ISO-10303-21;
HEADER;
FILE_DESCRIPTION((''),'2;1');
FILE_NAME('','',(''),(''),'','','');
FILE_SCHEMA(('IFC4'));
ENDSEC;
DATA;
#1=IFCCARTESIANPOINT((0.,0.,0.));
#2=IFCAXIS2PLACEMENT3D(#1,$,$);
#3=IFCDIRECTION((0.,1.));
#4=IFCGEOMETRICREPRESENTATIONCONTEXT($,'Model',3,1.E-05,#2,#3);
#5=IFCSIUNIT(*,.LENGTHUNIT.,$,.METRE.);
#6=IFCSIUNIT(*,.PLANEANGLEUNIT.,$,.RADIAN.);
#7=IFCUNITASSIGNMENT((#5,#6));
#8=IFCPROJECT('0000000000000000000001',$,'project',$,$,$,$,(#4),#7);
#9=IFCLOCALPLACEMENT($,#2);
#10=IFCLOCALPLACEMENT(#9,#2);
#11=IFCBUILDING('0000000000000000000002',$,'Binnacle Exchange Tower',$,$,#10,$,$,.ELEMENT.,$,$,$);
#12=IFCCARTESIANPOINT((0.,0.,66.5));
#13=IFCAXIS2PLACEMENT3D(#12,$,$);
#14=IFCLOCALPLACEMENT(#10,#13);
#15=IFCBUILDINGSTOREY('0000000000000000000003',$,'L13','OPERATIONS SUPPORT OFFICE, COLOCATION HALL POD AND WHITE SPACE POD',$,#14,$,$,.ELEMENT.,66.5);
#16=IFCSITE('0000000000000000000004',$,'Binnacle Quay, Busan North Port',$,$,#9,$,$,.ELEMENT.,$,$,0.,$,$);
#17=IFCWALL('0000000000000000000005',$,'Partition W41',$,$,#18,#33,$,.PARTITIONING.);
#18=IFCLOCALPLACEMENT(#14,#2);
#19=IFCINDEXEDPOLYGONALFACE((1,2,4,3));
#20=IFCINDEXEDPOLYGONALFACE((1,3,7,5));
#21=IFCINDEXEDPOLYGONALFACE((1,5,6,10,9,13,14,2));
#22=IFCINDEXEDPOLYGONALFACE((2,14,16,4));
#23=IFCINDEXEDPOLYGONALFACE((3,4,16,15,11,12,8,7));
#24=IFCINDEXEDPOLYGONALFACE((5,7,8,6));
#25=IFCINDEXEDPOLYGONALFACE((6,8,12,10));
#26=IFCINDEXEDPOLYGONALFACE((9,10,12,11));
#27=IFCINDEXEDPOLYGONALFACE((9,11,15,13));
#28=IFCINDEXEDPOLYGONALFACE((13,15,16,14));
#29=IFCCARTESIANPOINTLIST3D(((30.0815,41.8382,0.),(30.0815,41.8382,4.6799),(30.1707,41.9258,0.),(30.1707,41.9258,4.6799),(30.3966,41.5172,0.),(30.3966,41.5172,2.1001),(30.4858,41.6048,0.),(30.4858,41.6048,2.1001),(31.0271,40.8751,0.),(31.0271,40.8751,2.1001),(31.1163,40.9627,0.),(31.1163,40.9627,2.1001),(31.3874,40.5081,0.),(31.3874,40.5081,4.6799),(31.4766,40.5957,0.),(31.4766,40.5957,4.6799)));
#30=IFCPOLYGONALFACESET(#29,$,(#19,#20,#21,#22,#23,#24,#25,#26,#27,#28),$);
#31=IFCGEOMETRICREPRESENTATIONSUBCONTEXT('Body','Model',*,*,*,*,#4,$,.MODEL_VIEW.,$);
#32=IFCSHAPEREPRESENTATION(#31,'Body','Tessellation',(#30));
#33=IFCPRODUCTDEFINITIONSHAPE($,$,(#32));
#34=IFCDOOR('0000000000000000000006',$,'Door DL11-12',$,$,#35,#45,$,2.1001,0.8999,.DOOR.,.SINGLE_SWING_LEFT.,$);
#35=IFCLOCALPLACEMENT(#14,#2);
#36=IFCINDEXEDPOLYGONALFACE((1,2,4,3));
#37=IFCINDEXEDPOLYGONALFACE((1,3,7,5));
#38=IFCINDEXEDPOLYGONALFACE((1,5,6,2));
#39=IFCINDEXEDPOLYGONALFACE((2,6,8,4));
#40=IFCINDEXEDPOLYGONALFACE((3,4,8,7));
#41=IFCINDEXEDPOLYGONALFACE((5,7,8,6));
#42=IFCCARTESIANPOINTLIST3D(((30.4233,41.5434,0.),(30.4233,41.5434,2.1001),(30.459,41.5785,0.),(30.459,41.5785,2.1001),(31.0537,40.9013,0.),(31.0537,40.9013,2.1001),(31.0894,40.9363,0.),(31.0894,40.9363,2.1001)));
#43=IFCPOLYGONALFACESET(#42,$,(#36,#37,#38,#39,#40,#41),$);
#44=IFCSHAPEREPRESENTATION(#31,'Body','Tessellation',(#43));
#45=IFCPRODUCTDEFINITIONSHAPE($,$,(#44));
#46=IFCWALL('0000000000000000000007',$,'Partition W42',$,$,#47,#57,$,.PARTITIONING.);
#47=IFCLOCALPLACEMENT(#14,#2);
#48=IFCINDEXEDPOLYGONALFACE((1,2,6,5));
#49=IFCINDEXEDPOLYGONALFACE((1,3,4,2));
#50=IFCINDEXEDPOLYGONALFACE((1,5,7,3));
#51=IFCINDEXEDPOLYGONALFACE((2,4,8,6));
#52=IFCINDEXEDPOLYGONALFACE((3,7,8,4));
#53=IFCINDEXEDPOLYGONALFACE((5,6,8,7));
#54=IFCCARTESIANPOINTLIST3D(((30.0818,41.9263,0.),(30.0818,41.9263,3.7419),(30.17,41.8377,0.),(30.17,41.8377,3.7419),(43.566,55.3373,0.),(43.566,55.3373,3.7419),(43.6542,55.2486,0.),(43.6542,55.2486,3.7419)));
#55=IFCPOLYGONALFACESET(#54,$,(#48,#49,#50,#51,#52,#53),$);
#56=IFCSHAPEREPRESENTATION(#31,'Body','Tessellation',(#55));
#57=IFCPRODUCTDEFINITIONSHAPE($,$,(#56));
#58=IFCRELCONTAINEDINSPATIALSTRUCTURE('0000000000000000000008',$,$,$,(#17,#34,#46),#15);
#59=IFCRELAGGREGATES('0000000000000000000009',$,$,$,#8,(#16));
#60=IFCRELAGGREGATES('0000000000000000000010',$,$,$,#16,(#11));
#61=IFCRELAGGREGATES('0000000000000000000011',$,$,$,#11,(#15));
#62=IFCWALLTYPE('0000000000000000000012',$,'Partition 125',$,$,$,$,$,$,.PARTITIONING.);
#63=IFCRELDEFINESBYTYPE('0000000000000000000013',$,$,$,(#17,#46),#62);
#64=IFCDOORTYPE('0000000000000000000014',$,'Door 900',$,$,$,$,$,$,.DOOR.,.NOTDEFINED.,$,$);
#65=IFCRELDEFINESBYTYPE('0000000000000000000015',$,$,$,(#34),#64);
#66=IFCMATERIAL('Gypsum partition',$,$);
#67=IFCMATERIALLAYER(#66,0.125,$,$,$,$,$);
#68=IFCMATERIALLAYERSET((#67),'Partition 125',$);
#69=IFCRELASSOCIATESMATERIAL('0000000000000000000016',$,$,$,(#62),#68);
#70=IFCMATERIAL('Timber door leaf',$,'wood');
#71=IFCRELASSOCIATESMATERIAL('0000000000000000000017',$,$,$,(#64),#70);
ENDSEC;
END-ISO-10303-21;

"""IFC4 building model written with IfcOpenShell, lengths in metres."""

from ifc_helpers import new_model, si_unit, direction, frame, frame_2d, origin, place, context, subcontext, project, spatial, rectangle, extrude, material, layer, layer_set, type_object, element, fill, save


model = new_model("IFC4")

# Units and contexts
model_context = context("Model", 3, precision=1e-05, world=origin(), true_north=direction((0.0, 1.0)))
body_context = subcontext(model_context, "Body", "Model", "MODEL_VIEW")
ifc_project = project(units=[si_unit("LENGTHUNIT", "METRE"), si_unit("PLANEANGLEUNIT", "RADIAN")], contexts=[model_context])

# Site, building, storey
site_placement = place(None, origin())
site = spatial("IfcSite", under=ifc_project, at=site_placement, Name="Binnacle Quay, Busan North Port", CompositionType="ELEMENT", RefElevation=0.0)
building_placement = place(site_placement, origin())
building = spatial("IfcBuilding", under=site, at=building_placement, Name="Binnacle Exchange Tower", CompositionType="ELEMENT")
storey_placement = place(building_placement, frame((0.0, 0.0, 66.5)))
storey = spatial("IfcBuildingStorey", under=building, at=storey_placement, Name="L13", Description="OPERATIONS SUPPORT OFFICE, COLOCATION HALL POD AND WHITE SPACE POD", CompositionType="ELEMENT", Elevation=66.5)

# Shared definitions
ifc_material_1 = material(Name="Gypsum partition")
ifc_layer_1 = layer(ifc_material_1, 0.125)
ifc_layer_set_1 = layer_set([ifc_layer_1], Name="Partition 125")
wall_type_1 = type_object("IfcWallType", Name="Partition 125", PredefinedType="PARTITIONING", material=ifc_layer_set_1)

# Wall, opening, door
ifc_material_2 = material(Name="Timber door leaf", Category="wood")
door_type_1 = type_object("IfcDoorType", Name="Door 900", OperationType="NOTDEFINED", PredefinedType="DOOR", material=ifc_material_2)
wall_1_placement = place(storey_placement, frame((30.126, 41.8821, 0.0), z_axis=(0.0, 0.0, 1.0), x_axis=(0.700594, -0.71356, 0.0)))
wall_1 = element("IfcWall", 1, at=wall_1_placement, inside=storey, type_object=wall_type_1, Name="Partition W41", PredefinedType="PARTITIONING", context=body_context, shape_type="SweptSolid", body=[
    extrude(rectangle(XDim=1.864, YDim=0.125, at=frame_2d((0.9321, 0.0))), origin(), (0.0, 0.0, 1.0), 4.6799),
])
opening_1_placement = place(wall_1_placement, frame((0.45, 0.0, 0.0)))
opening_1 = element("IfcOpeningElement", 2, at=opening_1_placement, cuts=wall_1, PredefinedType="OPENING", context=body_context, shape_type="SweptSolid", body=[
    extrude(rectangle(XDim=0.8999, YDim=2.1001, at=frame_2d((0.45, 1.05))), frame((0.0, 0.0725, 0.0), z_axis=(0.0, -1.0, 0.0), x_axis=(1.0, 0.0, 0.0)), (0.0, 0.0, 1.0), 0.145),
])
door_1_placement = place(opening_1_placement, origin())
door_1 = element("IfcDoor", 3, at=door_1_placement, inside=storey, type_object=door_type_1, Name="Door DL11-12", OperationType="SINGLE_SWING_LEFT", OverallHeight=2.1001, OverallWidth=0.8999, PredefinedType="DOOR", context=body_context, shape_type="SweptSolid", body=[
    extrude(rectangle(XDim=0.8999, YDim=2.1001, at=frame_2d((0.45, 1.05))), frame((0.0, 0.0249, 0.0), z_axis=(0.0, -1.0, 0.0), x_axis=(1.0, 0.0, 0.0)), (0.0, 0.0, 1.0), 0.05),
])
fill(opening_1, door_1)

# Wall
wall_2_placement = place(storey_placement, frame((30.126, 41.8821, 0.0), z_axis=(0.0, 0.0, 1.0), x_axis=(0.70903, 0.705179, 0.0)))
element("IfcWall", 4, at=wall_2_placement, inside=storey, type_object=wall_type_1, Name="Partition W42", PredefinedType="PARTITIONING", context=body_context, shape_type="SweptSolid", body=[
    extrude(rectangle(XDim=19.0178, YDim=0.125, at=frame_2d((9.5088, 0.0))), origin(), (0.0, 0.0, 1.0), 3.7419),
])

save(model, "model.ifc")
